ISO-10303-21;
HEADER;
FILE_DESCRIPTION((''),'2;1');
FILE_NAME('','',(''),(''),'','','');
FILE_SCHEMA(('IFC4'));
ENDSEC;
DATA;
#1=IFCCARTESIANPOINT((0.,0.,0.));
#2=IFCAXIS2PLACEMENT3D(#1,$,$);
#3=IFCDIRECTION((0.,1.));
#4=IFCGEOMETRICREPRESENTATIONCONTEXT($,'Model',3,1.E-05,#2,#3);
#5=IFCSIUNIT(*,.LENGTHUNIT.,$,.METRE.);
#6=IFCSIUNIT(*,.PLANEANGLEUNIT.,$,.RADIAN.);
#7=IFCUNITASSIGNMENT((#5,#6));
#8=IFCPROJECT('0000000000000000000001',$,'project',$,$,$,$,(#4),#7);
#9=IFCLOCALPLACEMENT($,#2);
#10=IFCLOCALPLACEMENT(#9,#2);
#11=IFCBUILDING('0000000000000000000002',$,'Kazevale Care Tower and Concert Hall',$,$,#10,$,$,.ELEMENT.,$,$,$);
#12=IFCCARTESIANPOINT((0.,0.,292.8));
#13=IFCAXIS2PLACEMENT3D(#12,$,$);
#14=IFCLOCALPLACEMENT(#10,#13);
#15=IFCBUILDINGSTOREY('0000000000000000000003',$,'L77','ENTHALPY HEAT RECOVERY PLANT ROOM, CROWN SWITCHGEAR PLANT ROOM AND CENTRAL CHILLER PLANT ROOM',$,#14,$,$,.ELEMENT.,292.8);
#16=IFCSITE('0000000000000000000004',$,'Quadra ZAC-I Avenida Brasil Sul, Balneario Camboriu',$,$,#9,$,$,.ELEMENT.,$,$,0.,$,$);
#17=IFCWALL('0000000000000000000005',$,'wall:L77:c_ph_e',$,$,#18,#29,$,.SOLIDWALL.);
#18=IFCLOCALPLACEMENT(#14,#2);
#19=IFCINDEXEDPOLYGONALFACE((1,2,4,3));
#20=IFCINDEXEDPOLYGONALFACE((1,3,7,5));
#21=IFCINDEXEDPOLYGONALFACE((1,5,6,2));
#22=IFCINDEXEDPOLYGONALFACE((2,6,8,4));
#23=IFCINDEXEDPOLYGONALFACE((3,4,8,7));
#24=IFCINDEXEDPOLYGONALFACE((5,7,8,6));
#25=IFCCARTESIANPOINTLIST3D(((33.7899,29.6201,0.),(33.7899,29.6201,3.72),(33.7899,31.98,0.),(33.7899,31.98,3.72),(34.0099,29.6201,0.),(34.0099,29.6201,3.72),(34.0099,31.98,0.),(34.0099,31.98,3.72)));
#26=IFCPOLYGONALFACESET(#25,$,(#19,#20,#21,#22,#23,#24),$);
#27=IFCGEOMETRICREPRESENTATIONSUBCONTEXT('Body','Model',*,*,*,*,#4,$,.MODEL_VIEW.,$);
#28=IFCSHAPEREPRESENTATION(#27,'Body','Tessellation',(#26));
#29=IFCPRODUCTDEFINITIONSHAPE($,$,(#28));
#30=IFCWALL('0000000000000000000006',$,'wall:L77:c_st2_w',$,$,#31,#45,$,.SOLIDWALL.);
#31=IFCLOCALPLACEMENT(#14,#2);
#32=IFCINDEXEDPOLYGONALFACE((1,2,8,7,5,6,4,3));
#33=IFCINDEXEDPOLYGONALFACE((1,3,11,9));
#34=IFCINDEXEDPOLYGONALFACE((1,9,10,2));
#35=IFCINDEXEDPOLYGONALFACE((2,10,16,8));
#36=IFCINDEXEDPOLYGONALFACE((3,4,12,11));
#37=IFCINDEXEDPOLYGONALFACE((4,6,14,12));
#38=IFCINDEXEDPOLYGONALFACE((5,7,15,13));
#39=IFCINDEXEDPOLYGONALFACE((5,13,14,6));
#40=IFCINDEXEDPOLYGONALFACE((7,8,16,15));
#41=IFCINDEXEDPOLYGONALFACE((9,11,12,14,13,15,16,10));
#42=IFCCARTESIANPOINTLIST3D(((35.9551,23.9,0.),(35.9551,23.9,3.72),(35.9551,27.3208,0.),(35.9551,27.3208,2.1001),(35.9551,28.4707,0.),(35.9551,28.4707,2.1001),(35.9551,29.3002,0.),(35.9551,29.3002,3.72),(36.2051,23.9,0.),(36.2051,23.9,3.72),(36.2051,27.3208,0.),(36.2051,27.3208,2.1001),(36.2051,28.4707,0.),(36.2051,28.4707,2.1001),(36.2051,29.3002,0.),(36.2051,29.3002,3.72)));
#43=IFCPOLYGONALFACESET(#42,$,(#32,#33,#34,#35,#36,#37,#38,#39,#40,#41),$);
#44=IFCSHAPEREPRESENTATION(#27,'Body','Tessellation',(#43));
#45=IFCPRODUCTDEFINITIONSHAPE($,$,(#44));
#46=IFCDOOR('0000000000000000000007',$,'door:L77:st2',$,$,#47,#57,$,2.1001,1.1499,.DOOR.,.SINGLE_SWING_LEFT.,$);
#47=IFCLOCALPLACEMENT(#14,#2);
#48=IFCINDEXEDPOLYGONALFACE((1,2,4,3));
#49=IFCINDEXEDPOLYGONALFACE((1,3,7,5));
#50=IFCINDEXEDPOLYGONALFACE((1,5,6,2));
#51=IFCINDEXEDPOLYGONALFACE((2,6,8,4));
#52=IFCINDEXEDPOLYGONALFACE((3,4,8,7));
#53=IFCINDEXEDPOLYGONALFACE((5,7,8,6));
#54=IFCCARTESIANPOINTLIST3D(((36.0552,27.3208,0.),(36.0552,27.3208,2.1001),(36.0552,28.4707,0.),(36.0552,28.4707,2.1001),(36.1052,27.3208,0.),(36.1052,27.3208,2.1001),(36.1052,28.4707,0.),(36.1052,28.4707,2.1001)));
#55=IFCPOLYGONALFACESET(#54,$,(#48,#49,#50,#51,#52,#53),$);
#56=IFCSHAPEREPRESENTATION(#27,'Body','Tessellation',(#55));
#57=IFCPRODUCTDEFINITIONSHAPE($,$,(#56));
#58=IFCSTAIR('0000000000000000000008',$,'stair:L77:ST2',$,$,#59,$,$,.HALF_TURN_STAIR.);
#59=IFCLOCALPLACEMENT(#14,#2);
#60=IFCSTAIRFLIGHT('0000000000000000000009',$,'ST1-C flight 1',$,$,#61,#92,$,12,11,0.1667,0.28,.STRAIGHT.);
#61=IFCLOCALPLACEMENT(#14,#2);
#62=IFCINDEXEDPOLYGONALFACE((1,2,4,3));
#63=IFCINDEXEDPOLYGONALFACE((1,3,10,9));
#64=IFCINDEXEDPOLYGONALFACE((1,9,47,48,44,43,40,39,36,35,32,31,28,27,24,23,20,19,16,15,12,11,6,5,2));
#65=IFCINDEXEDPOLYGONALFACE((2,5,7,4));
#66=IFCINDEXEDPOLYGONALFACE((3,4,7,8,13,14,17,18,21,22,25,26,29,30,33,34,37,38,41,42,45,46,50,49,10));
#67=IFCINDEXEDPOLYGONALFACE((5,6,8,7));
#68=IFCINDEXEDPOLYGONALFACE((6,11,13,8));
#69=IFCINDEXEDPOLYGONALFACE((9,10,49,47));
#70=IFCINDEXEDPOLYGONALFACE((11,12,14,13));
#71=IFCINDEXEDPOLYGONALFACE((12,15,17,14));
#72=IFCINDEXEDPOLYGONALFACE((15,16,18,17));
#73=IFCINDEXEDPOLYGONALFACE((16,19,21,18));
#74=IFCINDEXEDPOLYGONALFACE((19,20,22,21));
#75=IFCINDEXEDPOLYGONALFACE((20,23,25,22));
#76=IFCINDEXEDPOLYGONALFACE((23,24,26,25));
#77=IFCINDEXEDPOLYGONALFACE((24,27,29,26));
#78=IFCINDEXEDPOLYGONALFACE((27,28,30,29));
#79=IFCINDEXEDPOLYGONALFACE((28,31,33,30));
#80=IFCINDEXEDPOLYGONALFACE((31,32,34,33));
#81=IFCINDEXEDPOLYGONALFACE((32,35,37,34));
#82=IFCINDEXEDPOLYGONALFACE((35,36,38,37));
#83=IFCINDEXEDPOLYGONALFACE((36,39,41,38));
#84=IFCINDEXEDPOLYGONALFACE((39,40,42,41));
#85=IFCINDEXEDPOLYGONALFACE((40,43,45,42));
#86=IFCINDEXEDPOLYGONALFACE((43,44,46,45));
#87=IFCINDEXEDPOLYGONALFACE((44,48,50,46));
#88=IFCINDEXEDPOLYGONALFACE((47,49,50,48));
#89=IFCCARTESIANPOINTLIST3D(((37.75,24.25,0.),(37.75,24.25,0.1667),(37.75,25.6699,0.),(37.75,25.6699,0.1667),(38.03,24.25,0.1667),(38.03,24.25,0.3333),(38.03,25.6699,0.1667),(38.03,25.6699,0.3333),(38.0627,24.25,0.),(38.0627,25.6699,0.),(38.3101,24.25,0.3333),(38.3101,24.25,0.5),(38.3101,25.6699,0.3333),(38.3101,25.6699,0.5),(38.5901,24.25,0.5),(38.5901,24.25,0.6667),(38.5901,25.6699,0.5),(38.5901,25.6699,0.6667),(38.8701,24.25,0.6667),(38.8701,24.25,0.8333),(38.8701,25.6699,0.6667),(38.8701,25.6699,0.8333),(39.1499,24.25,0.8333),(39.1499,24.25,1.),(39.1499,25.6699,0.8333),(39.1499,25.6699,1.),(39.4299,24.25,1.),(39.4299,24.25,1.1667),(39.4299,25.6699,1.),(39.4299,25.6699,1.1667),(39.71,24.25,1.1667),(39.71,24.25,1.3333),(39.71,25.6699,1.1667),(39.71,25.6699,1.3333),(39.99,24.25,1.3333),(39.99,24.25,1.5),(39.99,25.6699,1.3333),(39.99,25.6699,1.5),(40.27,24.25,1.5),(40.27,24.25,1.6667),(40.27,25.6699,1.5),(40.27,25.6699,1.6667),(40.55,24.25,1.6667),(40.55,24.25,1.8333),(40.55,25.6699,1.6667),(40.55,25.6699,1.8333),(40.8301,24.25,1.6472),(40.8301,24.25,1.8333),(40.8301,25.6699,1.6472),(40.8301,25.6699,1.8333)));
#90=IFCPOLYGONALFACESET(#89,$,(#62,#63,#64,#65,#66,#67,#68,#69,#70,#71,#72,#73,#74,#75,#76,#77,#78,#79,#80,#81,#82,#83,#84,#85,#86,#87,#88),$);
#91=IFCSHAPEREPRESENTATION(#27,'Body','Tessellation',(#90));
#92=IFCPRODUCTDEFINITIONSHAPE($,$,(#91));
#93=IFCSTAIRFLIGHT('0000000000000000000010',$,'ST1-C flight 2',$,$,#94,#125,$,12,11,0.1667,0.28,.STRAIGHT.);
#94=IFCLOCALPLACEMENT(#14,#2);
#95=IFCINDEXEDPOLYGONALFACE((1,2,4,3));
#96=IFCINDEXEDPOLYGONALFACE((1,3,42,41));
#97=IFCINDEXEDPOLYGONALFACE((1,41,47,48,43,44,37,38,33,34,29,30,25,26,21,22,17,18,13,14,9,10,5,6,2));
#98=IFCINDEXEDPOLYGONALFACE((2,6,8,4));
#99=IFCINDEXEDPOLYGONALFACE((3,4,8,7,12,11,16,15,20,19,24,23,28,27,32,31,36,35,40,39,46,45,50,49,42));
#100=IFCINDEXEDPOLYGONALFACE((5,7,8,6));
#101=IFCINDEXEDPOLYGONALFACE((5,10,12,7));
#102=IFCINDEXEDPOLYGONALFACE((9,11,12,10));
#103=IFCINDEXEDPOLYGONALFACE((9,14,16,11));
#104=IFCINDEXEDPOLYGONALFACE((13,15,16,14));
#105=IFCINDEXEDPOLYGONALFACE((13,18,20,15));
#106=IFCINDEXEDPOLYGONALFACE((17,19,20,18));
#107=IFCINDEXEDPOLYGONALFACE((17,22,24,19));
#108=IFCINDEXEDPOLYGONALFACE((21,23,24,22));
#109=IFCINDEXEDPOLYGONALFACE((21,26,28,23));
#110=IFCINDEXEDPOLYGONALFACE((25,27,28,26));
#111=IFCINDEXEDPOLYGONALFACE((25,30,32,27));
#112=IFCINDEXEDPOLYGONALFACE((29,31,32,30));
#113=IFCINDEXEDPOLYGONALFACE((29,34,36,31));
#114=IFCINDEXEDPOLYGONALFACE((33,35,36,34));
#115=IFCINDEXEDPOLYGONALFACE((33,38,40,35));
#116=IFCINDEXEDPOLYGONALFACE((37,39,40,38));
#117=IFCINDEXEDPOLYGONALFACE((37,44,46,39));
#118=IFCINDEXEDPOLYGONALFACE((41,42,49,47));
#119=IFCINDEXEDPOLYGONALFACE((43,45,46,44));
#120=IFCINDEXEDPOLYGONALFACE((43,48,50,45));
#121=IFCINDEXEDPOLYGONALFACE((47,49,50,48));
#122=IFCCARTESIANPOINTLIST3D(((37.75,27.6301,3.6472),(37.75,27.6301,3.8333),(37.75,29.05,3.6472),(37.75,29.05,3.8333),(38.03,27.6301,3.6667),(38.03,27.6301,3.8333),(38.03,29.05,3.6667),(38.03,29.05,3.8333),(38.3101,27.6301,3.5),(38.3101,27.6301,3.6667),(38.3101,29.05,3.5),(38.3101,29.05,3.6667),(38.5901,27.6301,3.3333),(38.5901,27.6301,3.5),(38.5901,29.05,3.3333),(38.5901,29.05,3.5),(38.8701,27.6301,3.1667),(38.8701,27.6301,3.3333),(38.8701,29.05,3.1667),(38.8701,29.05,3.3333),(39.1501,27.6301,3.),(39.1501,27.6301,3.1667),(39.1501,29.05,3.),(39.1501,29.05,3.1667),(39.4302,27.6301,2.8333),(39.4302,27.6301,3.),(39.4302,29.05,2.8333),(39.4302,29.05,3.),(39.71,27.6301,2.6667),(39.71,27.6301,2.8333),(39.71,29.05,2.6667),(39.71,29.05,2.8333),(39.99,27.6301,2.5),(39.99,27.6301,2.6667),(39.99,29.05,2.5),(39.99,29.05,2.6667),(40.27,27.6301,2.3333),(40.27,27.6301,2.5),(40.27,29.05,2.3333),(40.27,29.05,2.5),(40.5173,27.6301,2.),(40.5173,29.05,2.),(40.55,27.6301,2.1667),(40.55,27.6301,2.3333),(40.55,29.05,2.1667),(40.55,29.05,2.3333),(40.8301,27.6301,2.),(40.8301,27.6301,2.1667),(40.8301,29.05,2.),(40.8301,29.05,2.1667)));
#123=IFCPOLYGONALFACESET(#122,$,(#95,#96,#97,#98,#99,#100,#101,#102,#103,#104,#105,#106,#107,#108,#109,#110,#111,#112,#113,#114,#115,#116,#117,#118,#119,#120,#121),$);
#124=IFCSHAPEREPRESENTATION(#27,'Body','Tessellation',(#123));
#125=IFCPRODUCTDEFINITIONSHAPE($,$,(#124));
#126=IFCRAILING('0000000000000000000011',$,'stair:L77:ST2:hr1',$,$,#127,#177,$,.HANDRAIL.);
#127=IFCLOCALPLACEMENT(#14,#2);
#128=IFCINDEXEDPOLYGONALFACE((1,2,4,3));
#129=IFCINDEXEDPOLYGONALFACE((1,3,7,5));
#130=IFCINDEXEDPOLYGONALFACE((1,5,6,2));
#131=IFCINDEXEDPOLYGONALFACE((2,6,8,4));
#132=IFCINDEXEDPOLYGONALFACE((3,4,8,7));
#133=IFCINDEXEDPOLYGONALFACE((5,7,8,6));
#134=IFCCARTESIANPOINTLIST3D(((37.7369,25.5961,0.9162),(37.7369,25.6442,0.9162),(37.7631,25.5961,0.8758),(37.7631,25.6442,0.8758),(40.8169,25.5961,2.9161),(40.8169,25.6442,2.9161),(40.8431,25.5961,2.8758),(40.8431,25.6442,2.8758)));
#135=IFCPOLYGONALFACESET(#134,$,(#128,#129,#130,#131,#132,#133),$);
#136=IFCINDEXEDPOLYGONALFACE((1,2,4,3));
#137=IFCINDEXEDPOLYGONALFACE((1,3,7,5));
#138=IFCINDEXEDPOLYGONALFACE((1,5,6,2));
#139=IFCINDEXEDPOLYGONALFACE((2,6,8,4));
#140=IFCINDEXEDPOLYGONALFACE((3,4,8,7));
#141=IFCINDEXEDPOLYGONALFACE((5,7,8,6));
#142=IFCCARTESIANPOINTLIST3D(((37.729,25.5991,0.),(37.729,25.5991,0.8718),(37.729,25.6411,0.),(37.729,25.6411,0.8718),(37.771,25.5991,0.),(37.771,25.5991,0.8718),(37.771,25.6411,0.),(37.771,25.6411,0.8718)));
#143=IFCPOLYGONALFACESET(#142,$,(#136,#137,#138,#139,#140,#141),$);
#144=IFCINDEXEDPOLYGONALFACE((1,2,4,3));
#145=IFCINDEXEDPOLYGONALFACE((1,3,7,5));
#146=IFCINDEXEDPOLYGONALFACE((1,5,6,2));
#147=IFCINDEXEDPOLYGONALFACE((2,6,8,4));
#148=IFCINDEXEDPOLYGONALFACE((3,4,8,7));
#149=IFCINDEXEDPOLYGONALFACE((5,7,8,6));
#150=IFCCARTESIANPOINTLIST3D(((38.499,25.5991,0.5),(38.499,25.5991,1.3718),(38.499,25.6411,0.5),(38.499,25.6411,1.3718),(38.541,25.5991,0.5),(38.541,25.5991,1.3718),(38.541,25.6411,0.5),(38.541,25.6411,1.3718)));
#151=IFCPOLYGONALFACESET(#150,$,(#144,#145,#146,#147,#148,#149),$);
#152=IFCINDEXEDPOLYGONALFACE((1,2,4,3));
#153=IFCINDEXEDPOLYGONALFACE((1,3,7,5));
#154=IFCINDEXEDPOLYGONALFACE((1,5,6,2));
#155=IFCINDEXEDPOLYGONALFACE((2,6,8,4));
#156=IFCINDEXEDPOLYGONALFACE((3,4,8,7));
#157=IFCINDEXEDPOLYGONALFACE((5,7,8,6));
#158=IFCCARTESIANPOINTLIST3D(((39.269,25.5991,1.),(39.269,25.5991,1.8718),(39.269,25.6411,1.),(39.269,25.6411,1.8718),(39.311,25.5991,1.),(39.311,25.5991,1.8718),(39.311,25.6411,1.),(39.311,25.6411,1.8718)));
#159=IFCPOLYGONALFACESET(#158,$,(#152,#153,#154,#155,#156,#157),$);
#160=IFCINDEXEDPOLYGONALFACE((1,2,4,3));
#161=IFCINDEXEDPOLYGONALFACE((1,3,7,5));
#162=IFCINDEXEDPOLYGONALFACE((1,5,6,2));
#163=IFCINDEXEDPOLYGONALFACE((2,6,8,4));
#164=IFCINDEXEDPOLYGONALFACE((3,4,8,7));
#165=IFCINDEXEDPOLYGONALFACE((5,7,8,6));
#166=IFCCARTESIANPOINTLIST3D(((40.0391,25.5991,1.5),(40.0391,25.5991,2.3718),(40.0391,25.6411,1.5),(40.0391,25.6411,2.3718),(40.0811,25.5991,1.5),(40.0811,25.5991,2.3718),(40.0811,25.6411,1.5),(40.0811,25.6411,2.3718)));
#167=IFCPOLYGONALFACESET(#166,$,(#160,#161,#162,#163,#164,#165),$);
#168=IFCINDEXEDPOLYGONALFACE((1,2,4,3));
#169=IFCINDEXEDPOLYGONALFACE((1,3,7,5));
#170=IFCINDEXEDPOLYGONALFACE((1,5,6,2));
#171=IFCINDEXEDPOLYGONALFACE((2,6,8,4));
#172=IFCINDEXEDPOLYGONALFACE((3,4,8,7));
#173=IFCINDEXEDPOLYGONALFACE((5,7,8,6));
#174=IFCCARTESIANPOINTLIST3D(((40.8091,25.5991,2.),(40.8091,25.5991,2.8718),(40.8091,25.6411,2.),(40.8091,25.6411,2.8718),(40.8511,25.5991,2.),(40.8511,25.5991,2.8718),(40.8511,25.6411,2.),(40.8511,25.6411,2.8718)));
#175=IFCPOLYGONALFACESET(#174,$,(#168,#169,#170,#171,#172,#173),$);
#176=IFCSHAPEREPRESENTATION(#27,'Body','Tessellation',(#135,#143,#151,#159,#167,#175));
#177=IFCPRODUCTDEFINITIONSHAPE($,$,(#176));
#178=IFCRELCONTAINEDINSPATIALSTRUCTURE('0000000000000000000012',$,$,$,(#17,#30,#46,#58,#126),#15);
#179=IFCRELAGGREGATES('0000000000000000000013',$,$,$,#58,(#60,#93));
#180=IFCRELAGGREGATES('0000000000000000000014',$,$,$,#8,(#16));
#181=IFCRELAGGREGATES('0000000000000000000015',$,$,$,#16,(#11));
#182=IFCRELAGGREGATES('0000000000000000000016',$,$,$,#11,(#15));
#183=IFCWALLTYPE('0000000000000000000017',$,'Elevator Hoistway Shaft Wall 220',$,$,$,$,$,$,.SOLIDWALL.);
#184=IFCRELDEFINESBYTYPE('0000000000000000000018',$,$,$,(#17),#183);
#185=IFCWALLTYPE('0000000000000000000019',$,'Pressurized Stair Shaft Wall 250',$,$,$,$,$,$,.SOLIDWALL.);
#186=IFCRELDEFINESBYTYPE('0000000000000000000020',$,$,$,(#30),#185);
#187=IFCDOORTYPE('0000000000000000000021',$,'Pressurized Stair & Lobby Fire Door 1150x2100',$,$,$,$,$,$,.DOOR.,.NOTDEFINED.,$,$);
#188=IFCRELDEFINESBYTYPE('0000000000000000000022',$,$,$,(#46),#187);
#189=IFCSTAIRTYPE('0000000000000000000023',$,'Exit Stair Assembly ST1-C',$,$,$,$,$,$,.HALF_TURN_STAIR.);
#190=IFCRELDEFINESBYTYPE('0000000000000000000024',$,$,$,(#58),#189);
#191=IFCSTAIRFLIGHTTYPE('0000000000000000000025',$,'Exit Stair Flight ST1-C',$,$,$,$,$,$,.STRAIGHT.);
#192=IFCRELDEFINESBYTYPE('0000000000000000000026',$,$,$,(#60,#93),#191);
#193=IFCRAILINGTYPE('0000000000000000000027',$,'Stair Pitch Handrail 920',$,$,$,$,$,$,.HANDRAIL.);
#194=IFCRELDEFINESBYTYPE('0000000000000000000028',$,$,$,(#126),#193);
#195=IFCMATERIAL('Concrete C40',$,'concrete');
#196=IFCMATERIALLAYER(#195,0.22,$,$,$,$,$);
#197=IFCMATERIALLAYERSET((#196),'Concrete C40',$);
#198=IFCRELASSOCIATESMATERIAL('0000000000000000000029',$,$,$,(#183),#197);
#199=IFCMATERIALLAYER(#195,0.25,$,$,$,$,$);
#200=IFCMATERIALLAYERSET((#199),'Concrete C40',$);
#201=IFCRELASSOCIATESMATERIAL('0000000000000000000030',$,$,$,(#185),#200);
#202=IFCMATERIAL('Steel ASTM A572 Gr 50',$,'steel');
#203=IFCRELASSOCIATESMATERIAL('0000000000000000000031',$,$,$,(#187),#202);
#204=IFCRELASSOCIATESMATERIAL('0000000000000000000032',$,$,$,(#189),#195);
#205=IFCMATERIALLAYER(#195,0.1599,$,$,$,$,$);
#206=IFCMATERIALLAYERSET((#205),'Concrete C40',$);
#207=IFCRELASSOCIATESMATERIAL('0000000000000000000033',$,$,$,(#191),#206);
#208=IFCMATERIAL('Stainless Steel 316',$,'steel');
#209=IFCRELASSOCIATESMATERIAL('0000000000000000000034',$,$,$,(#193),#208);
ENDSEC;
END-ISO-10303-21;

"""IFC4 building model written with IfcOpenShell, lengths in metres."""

from ifc_helpers import new_model, si_unit, direction, frame, frame_2d, origin, origin_2d, place, context, subcontext, project, spatial, polyline, rectangle, outline, extrude, material, layer, layer_set, type_object, element, fill, aggregate, save


model = new_model("IFC4")

# Units and contexts
model_context = context("Model", 3, precision=1e-05, world=origin(), true_north=direction((0.0, 1.0)))
body_context = subcontext(model_context, "Body", "Model", "MODEL_VIEW")
ifc_project = project(units=[si_unit("LENGTHUNIT", "METRE"), si_unit("PLANEANGLEUNIT", "RADIAN")], contexts=[model_context])

# Site, building, storey
site_placement = place(None, origin())
site = spatial("IfcSite", under=ifc_project, at=site_placement, Name="Quadra ZAC-I Avenida Brasil Sul, Balneario Camboriu", CompositionType="ELEMENT", RefElevation=0.0)
building_placement = place(site_placement, origin())
building = spatial("IfcBuilding", under=site, at=building_placement, Name="Kazevale Care Tower and Concert Hall", CompositionType="ELEMENT")
storey_placement = place(building_placement, frame((0.0, 0.0, 292.8)))
storey = spatial("IfcBuildingStorey", under=building, at=storey_placement, Name="L77", Description="ENTHALPY HEAT RECOVERY PLANT ROOM, CROWN SWITCHGEAR PLANT ROOM AND CENTRAL CHILLER PLANT ROOM", CompositionType="ELEMENT", Elevation=292.8)

# Shared definitions
ifc_material_1 = material(Name="Steel ASTM A572 Gr 50", Category="steel")

# Wall
ifc_material_2 = material(Name="Concrete C40", Category="concrete")
ifc_layer_1 = layer(ifc_material_2, 0.22)
ifc_layer_set_1 = layer_set([ifc_layer_1], Name="Concrete C40")
wall_type_1 = type_object("IfcWallType", Name="Elevator Hoistway Shaft Wall 220", PredefinedType="SOLIDWALL", material=ifc_layer_set_1)
wall_1_placement = place(storey_placement, frame((33.8999, 29.6201, 0.0), z_axis=(0.0, 0.0, 1.0), x_axis=(0.0, 1.0, 0.0)))
element("IfcWall", 1, at=wall_1_placement, inside=storey, type_object=wall_type_1, Name="wall:L77:c_ph_e", PredefinedType="SOLIDWALL", context=body_context, shape_type="SweptSolid", body=[
    extrude(rectangle(XDim=2.3599, YDim=0.22, at=frame_2d((1.1799, 0.0))), origin(), (0.0, 0.0, 1.0), 3.72),
])

# Wall, opening, door
ifc_layer_2 = layer(ifc_material_2, 0.25)
ifc_layer_set_2 = layer_set([ifc_layer_2], Name="Concrete C40")
wall_type_2 = type_object("IfcWallType", Name="Pressurized Stair Shaft Wall 250", PredefinedType="SOLIDWALL", material=ifc_layer_set_2)
wall_2_placement = place(storey_placement, frame((36.0801, 23.8999, 0.0), z_axis=(0.0, 0.0, 1.0), x_axis=(0.0, 1.0, 0.0)))
wall_2 = element("IfcWall", 2, at=wall_2_placement, inside=storey, type_object=wall_type_2, Name="wall:L77:c_st2_w", PredefinedType="SOLIDWALL", context=body_context, shape_type="SweptSolid", body=[
    extrude(rectangle(XDim=5.4001, YDim=0.25, at=frame_2d((2.7002, 0.0))), origin(), (0.0, 0.0, 1.0), 3.72),
])
opening_1_placement = place(wall_2_placement, frame((3.4209, 0.0, 0.0)))
opening_1 = element("IfcOpeningElement", 3, at=opening_1_placement, cuts=wall_2, PredefinedType="OPENING", context=body_context, shape_type="SweptSolid", body=[
    extrude(rectangle(XDim=1.1499, YDim=2.1001, at=frame_2d((0.575, 1.05))), frame((0.0, 0.135, 0.0), z_axis=(0.0, -1.0, 0.0), x_axis=(1.0, 0.0, 0.0)), (0.0, 0.0, 1.0), 0.27),
])
door_type_1 = type_object("IfcDoorType", Name="Pressurized Stair & Lobby Fire Door 1150x2100", OperationType="NOTDEFINED", PredefinedType="DOOR", material=ifc_material_1)
door_1_placement = place(opening_1_placement, origin())
door_1 = element("IfcDoor", 4, at=door_1_placement, inside=storey, type_object=door_type_1, Name="door:L77:st2", OperationType="SINGLE_SWING_LEFT", OverallHeight=2.1001, OverallWidth=1.1499, PredefinedType="DOOR", context=body_context, shape_type="SweptSolid", body=[
    extrude(rectangle(XDim=1.1499, YDim=2.1001, at=frame_2d((0.575, 1.05))), frame((0.0, 0.0249, 0.0), z_axis=(0.0, -1.0, 0.0), x_axis=(1.0, 0.0, 0.0)), (0.0, 0.0, 1.0), 0.05),
])
fill(opening_1, door_1)

# Stair, stair flights
stair_type = type_object("IfcStairType", Name="Exit Stair Assembly ST1-C", PredefinedType="HALF_TURN_STAIR", material=ifc_material_2)
stair_placement = place(storey_placement, origin())
stair = element("IfcStair", 5, at=stair_placement, inside=storey, type_object=stair_type, Name="stair:L77:ST2", PredefinedType="HALF_TURN_STAIR")
ifc_layer_3 = layer(ifc_material_2, 0.1599)
ifc_layer_set_3 = layer_set([ifc_layer_3], Name="Concrete C40")
stair_flight_type = type_object("IfcStairFlightType", Name="Exit Stair Flight ST1-C", PredefinedType="STRAIGHT", material=ifc_layer_set_3)
stair_flight_1_placement = place(storey_placement, frame((37.75, 24.96, 0.0), z_axis=(0.0, 0.0, 1.0), x_axis=(1.0, 0.0, 0.0)))
stair_flight_1 = element("IfcStairFlight", 6, at=stair_flight_1_placement, type_object=stair_flight_type, Name="ST1-C flight 1", NumberOfRisers=12, NumberOfTreads=11, PredefinedType="STRAIGHT", RiserHeight=0.1667, TreadLength=0.28, context=body_context, shape_type="SweptSolid", body=[
    extrude(outline(polyline([(0.0, 0.0), (0.0, 0.1667), (0.28, 0.1667), (0.28, 0.3333), (0.5601, 0.3333), (0.5601, 0.5), (0.8401, 0.5), (0.8401, 0.6667), (1.1201, 0.6667), (1.1201, 0.8333), (1.3999, 0.8333), (1.3999, 1.0), (1.6799, 1.0), (1.6799, 1.1667), (1.96, 1.1667), (1.96, 1.3333), (2.24, 1.3333), (2.24, 1.5), (2.52, 1.5), (2.52, 1.6667), (2.8, 1.6667), (2.8, 1.8333), (3.0801, 1.8333), (3.0801, 2.0), (3.0801, 1.6472), (0.3127, 0.0), (0.0, 0.0)])), frame((0.0, 0.71, 0.0), z_axis=(0.0, -1.0, 0.0), x_axis=(1.0, 0.0, 0.0)), (0.0, 0.0, 1.0), 1.4199),
])
stair_flight_2_placement = place(storey_placement, frame((40.8301, 28.3401, 2.0), z_axis=(0.0, 0.0, 1.0), x_axis=(-1.0, 0.0, 0.0)))
stair_flight_2 = element("IfcStairFlight", 7, at=stair_flight_2_placement, type_object=stair_flight_type, Name="ST1-C flight 2", NumberOfRisers=12, NumberOfTreads=11, PredefinedType="STRAIGHT", RiserHeight=0.1667, TreadLength=0.28, context=body_context, shape_type="SweptSolid", body=[
    extrude(outline(polyline([(0.0, 0.0), (0.0, 0.1667), (0.28, 0.1667), (0.28, 0.3333), (0.5601, 0.3333), (0.5601, 0.5), (0.8401, 0.5), (0.8401, 0.6667), (1.1201, 0.6667), (1.1201, 0.8333), (1.3999, 0.8333), (1.3999, 1.0), (1.6799, 1.0), (1.6799, 1.1667), (1.96, 1.1667), (1.96, 1.3333), (2.24, 1.3333), (2.24, 1.5), (2.52, 1.5), (2.52, 1.6667), (2.8, 1.6667), (2.8, 1.8333), (3.0801, 1.8333), (3.0801, 2.0), (3.0801, 1.6472), (0.3127, 0.0), (0.0, 0.0)])), frame((0.0, 0.71, 0.0), z_axis=(0.0, -1.0, 0.0), x_axis=(1.0, 0.0, 0.0)), (0.0, 0.0, 1.0), 1.4199),
])
aggregate(stair, [stair_flight_1, stair_flight_2])

# Railing
ifc_material_3 = material(Name="Stainless Steel 316", Category="steel")
railing_type_1 = type_object("IfcRailingType", Name="Stair Pitch Handrail 920", PredefinedType="HANDRAIL", material=ifc_material_3)
railing_1_placement = place(storey_placement, frame((37.75, 25.6201, 0.0)))
element("IfcRailing", 8, at=railing_1_placement, inside=storey, type_object=railing_type_1, Name="stair:L77:ST2:hr1", PredefinedType="HANDRAIL", context=body_context, shape_type="SweptSolid", body=[
    extrude(rectangle(XDim=0.0481, YDim=0.0481, at=origin_2d()), frame((0.0, 0.0, 0.896), z_axis=(0.838699, 0.0, 0.544596), x_axis=(0.0, 1.0, 0.0)), (0.0, 0.0, 1.0), 3.6724),
    extrude(rectangle(XDim=0.042, YDim=0.042, at=origin_2d()), origin(), (0.0, 0.0, 1.0), 0.8718),
    extrude(rectangle(XDim=0.042, YDim=0.042, at=origin_2d()), frame((0.77, 0.0, 0.5)), (0.0, 0.0, 1.0), 0.8718),
    extrude(rectangle(XDim=0.042, YDim=0.042, at=origin_2d()), frame((1.54, 0.0, 1.0)), (0.0, 0.0, 1.0), 0.8718),
    extrude(rectangle(XDim=0.042, YDim=0.042, at=origin_2d()), frame((2.3101, 0.0, 1.5)), (0.0, 0.0, 1.0), 0.8718),
    extrude(rectangle(XDim=0.042, YDim=0.042, at=origin_2d()), frame((3.0801, 0.0, 2.0)), (0.0, 0.0, 1.0), 0.8718),
])

save(model, "model.ifc")
